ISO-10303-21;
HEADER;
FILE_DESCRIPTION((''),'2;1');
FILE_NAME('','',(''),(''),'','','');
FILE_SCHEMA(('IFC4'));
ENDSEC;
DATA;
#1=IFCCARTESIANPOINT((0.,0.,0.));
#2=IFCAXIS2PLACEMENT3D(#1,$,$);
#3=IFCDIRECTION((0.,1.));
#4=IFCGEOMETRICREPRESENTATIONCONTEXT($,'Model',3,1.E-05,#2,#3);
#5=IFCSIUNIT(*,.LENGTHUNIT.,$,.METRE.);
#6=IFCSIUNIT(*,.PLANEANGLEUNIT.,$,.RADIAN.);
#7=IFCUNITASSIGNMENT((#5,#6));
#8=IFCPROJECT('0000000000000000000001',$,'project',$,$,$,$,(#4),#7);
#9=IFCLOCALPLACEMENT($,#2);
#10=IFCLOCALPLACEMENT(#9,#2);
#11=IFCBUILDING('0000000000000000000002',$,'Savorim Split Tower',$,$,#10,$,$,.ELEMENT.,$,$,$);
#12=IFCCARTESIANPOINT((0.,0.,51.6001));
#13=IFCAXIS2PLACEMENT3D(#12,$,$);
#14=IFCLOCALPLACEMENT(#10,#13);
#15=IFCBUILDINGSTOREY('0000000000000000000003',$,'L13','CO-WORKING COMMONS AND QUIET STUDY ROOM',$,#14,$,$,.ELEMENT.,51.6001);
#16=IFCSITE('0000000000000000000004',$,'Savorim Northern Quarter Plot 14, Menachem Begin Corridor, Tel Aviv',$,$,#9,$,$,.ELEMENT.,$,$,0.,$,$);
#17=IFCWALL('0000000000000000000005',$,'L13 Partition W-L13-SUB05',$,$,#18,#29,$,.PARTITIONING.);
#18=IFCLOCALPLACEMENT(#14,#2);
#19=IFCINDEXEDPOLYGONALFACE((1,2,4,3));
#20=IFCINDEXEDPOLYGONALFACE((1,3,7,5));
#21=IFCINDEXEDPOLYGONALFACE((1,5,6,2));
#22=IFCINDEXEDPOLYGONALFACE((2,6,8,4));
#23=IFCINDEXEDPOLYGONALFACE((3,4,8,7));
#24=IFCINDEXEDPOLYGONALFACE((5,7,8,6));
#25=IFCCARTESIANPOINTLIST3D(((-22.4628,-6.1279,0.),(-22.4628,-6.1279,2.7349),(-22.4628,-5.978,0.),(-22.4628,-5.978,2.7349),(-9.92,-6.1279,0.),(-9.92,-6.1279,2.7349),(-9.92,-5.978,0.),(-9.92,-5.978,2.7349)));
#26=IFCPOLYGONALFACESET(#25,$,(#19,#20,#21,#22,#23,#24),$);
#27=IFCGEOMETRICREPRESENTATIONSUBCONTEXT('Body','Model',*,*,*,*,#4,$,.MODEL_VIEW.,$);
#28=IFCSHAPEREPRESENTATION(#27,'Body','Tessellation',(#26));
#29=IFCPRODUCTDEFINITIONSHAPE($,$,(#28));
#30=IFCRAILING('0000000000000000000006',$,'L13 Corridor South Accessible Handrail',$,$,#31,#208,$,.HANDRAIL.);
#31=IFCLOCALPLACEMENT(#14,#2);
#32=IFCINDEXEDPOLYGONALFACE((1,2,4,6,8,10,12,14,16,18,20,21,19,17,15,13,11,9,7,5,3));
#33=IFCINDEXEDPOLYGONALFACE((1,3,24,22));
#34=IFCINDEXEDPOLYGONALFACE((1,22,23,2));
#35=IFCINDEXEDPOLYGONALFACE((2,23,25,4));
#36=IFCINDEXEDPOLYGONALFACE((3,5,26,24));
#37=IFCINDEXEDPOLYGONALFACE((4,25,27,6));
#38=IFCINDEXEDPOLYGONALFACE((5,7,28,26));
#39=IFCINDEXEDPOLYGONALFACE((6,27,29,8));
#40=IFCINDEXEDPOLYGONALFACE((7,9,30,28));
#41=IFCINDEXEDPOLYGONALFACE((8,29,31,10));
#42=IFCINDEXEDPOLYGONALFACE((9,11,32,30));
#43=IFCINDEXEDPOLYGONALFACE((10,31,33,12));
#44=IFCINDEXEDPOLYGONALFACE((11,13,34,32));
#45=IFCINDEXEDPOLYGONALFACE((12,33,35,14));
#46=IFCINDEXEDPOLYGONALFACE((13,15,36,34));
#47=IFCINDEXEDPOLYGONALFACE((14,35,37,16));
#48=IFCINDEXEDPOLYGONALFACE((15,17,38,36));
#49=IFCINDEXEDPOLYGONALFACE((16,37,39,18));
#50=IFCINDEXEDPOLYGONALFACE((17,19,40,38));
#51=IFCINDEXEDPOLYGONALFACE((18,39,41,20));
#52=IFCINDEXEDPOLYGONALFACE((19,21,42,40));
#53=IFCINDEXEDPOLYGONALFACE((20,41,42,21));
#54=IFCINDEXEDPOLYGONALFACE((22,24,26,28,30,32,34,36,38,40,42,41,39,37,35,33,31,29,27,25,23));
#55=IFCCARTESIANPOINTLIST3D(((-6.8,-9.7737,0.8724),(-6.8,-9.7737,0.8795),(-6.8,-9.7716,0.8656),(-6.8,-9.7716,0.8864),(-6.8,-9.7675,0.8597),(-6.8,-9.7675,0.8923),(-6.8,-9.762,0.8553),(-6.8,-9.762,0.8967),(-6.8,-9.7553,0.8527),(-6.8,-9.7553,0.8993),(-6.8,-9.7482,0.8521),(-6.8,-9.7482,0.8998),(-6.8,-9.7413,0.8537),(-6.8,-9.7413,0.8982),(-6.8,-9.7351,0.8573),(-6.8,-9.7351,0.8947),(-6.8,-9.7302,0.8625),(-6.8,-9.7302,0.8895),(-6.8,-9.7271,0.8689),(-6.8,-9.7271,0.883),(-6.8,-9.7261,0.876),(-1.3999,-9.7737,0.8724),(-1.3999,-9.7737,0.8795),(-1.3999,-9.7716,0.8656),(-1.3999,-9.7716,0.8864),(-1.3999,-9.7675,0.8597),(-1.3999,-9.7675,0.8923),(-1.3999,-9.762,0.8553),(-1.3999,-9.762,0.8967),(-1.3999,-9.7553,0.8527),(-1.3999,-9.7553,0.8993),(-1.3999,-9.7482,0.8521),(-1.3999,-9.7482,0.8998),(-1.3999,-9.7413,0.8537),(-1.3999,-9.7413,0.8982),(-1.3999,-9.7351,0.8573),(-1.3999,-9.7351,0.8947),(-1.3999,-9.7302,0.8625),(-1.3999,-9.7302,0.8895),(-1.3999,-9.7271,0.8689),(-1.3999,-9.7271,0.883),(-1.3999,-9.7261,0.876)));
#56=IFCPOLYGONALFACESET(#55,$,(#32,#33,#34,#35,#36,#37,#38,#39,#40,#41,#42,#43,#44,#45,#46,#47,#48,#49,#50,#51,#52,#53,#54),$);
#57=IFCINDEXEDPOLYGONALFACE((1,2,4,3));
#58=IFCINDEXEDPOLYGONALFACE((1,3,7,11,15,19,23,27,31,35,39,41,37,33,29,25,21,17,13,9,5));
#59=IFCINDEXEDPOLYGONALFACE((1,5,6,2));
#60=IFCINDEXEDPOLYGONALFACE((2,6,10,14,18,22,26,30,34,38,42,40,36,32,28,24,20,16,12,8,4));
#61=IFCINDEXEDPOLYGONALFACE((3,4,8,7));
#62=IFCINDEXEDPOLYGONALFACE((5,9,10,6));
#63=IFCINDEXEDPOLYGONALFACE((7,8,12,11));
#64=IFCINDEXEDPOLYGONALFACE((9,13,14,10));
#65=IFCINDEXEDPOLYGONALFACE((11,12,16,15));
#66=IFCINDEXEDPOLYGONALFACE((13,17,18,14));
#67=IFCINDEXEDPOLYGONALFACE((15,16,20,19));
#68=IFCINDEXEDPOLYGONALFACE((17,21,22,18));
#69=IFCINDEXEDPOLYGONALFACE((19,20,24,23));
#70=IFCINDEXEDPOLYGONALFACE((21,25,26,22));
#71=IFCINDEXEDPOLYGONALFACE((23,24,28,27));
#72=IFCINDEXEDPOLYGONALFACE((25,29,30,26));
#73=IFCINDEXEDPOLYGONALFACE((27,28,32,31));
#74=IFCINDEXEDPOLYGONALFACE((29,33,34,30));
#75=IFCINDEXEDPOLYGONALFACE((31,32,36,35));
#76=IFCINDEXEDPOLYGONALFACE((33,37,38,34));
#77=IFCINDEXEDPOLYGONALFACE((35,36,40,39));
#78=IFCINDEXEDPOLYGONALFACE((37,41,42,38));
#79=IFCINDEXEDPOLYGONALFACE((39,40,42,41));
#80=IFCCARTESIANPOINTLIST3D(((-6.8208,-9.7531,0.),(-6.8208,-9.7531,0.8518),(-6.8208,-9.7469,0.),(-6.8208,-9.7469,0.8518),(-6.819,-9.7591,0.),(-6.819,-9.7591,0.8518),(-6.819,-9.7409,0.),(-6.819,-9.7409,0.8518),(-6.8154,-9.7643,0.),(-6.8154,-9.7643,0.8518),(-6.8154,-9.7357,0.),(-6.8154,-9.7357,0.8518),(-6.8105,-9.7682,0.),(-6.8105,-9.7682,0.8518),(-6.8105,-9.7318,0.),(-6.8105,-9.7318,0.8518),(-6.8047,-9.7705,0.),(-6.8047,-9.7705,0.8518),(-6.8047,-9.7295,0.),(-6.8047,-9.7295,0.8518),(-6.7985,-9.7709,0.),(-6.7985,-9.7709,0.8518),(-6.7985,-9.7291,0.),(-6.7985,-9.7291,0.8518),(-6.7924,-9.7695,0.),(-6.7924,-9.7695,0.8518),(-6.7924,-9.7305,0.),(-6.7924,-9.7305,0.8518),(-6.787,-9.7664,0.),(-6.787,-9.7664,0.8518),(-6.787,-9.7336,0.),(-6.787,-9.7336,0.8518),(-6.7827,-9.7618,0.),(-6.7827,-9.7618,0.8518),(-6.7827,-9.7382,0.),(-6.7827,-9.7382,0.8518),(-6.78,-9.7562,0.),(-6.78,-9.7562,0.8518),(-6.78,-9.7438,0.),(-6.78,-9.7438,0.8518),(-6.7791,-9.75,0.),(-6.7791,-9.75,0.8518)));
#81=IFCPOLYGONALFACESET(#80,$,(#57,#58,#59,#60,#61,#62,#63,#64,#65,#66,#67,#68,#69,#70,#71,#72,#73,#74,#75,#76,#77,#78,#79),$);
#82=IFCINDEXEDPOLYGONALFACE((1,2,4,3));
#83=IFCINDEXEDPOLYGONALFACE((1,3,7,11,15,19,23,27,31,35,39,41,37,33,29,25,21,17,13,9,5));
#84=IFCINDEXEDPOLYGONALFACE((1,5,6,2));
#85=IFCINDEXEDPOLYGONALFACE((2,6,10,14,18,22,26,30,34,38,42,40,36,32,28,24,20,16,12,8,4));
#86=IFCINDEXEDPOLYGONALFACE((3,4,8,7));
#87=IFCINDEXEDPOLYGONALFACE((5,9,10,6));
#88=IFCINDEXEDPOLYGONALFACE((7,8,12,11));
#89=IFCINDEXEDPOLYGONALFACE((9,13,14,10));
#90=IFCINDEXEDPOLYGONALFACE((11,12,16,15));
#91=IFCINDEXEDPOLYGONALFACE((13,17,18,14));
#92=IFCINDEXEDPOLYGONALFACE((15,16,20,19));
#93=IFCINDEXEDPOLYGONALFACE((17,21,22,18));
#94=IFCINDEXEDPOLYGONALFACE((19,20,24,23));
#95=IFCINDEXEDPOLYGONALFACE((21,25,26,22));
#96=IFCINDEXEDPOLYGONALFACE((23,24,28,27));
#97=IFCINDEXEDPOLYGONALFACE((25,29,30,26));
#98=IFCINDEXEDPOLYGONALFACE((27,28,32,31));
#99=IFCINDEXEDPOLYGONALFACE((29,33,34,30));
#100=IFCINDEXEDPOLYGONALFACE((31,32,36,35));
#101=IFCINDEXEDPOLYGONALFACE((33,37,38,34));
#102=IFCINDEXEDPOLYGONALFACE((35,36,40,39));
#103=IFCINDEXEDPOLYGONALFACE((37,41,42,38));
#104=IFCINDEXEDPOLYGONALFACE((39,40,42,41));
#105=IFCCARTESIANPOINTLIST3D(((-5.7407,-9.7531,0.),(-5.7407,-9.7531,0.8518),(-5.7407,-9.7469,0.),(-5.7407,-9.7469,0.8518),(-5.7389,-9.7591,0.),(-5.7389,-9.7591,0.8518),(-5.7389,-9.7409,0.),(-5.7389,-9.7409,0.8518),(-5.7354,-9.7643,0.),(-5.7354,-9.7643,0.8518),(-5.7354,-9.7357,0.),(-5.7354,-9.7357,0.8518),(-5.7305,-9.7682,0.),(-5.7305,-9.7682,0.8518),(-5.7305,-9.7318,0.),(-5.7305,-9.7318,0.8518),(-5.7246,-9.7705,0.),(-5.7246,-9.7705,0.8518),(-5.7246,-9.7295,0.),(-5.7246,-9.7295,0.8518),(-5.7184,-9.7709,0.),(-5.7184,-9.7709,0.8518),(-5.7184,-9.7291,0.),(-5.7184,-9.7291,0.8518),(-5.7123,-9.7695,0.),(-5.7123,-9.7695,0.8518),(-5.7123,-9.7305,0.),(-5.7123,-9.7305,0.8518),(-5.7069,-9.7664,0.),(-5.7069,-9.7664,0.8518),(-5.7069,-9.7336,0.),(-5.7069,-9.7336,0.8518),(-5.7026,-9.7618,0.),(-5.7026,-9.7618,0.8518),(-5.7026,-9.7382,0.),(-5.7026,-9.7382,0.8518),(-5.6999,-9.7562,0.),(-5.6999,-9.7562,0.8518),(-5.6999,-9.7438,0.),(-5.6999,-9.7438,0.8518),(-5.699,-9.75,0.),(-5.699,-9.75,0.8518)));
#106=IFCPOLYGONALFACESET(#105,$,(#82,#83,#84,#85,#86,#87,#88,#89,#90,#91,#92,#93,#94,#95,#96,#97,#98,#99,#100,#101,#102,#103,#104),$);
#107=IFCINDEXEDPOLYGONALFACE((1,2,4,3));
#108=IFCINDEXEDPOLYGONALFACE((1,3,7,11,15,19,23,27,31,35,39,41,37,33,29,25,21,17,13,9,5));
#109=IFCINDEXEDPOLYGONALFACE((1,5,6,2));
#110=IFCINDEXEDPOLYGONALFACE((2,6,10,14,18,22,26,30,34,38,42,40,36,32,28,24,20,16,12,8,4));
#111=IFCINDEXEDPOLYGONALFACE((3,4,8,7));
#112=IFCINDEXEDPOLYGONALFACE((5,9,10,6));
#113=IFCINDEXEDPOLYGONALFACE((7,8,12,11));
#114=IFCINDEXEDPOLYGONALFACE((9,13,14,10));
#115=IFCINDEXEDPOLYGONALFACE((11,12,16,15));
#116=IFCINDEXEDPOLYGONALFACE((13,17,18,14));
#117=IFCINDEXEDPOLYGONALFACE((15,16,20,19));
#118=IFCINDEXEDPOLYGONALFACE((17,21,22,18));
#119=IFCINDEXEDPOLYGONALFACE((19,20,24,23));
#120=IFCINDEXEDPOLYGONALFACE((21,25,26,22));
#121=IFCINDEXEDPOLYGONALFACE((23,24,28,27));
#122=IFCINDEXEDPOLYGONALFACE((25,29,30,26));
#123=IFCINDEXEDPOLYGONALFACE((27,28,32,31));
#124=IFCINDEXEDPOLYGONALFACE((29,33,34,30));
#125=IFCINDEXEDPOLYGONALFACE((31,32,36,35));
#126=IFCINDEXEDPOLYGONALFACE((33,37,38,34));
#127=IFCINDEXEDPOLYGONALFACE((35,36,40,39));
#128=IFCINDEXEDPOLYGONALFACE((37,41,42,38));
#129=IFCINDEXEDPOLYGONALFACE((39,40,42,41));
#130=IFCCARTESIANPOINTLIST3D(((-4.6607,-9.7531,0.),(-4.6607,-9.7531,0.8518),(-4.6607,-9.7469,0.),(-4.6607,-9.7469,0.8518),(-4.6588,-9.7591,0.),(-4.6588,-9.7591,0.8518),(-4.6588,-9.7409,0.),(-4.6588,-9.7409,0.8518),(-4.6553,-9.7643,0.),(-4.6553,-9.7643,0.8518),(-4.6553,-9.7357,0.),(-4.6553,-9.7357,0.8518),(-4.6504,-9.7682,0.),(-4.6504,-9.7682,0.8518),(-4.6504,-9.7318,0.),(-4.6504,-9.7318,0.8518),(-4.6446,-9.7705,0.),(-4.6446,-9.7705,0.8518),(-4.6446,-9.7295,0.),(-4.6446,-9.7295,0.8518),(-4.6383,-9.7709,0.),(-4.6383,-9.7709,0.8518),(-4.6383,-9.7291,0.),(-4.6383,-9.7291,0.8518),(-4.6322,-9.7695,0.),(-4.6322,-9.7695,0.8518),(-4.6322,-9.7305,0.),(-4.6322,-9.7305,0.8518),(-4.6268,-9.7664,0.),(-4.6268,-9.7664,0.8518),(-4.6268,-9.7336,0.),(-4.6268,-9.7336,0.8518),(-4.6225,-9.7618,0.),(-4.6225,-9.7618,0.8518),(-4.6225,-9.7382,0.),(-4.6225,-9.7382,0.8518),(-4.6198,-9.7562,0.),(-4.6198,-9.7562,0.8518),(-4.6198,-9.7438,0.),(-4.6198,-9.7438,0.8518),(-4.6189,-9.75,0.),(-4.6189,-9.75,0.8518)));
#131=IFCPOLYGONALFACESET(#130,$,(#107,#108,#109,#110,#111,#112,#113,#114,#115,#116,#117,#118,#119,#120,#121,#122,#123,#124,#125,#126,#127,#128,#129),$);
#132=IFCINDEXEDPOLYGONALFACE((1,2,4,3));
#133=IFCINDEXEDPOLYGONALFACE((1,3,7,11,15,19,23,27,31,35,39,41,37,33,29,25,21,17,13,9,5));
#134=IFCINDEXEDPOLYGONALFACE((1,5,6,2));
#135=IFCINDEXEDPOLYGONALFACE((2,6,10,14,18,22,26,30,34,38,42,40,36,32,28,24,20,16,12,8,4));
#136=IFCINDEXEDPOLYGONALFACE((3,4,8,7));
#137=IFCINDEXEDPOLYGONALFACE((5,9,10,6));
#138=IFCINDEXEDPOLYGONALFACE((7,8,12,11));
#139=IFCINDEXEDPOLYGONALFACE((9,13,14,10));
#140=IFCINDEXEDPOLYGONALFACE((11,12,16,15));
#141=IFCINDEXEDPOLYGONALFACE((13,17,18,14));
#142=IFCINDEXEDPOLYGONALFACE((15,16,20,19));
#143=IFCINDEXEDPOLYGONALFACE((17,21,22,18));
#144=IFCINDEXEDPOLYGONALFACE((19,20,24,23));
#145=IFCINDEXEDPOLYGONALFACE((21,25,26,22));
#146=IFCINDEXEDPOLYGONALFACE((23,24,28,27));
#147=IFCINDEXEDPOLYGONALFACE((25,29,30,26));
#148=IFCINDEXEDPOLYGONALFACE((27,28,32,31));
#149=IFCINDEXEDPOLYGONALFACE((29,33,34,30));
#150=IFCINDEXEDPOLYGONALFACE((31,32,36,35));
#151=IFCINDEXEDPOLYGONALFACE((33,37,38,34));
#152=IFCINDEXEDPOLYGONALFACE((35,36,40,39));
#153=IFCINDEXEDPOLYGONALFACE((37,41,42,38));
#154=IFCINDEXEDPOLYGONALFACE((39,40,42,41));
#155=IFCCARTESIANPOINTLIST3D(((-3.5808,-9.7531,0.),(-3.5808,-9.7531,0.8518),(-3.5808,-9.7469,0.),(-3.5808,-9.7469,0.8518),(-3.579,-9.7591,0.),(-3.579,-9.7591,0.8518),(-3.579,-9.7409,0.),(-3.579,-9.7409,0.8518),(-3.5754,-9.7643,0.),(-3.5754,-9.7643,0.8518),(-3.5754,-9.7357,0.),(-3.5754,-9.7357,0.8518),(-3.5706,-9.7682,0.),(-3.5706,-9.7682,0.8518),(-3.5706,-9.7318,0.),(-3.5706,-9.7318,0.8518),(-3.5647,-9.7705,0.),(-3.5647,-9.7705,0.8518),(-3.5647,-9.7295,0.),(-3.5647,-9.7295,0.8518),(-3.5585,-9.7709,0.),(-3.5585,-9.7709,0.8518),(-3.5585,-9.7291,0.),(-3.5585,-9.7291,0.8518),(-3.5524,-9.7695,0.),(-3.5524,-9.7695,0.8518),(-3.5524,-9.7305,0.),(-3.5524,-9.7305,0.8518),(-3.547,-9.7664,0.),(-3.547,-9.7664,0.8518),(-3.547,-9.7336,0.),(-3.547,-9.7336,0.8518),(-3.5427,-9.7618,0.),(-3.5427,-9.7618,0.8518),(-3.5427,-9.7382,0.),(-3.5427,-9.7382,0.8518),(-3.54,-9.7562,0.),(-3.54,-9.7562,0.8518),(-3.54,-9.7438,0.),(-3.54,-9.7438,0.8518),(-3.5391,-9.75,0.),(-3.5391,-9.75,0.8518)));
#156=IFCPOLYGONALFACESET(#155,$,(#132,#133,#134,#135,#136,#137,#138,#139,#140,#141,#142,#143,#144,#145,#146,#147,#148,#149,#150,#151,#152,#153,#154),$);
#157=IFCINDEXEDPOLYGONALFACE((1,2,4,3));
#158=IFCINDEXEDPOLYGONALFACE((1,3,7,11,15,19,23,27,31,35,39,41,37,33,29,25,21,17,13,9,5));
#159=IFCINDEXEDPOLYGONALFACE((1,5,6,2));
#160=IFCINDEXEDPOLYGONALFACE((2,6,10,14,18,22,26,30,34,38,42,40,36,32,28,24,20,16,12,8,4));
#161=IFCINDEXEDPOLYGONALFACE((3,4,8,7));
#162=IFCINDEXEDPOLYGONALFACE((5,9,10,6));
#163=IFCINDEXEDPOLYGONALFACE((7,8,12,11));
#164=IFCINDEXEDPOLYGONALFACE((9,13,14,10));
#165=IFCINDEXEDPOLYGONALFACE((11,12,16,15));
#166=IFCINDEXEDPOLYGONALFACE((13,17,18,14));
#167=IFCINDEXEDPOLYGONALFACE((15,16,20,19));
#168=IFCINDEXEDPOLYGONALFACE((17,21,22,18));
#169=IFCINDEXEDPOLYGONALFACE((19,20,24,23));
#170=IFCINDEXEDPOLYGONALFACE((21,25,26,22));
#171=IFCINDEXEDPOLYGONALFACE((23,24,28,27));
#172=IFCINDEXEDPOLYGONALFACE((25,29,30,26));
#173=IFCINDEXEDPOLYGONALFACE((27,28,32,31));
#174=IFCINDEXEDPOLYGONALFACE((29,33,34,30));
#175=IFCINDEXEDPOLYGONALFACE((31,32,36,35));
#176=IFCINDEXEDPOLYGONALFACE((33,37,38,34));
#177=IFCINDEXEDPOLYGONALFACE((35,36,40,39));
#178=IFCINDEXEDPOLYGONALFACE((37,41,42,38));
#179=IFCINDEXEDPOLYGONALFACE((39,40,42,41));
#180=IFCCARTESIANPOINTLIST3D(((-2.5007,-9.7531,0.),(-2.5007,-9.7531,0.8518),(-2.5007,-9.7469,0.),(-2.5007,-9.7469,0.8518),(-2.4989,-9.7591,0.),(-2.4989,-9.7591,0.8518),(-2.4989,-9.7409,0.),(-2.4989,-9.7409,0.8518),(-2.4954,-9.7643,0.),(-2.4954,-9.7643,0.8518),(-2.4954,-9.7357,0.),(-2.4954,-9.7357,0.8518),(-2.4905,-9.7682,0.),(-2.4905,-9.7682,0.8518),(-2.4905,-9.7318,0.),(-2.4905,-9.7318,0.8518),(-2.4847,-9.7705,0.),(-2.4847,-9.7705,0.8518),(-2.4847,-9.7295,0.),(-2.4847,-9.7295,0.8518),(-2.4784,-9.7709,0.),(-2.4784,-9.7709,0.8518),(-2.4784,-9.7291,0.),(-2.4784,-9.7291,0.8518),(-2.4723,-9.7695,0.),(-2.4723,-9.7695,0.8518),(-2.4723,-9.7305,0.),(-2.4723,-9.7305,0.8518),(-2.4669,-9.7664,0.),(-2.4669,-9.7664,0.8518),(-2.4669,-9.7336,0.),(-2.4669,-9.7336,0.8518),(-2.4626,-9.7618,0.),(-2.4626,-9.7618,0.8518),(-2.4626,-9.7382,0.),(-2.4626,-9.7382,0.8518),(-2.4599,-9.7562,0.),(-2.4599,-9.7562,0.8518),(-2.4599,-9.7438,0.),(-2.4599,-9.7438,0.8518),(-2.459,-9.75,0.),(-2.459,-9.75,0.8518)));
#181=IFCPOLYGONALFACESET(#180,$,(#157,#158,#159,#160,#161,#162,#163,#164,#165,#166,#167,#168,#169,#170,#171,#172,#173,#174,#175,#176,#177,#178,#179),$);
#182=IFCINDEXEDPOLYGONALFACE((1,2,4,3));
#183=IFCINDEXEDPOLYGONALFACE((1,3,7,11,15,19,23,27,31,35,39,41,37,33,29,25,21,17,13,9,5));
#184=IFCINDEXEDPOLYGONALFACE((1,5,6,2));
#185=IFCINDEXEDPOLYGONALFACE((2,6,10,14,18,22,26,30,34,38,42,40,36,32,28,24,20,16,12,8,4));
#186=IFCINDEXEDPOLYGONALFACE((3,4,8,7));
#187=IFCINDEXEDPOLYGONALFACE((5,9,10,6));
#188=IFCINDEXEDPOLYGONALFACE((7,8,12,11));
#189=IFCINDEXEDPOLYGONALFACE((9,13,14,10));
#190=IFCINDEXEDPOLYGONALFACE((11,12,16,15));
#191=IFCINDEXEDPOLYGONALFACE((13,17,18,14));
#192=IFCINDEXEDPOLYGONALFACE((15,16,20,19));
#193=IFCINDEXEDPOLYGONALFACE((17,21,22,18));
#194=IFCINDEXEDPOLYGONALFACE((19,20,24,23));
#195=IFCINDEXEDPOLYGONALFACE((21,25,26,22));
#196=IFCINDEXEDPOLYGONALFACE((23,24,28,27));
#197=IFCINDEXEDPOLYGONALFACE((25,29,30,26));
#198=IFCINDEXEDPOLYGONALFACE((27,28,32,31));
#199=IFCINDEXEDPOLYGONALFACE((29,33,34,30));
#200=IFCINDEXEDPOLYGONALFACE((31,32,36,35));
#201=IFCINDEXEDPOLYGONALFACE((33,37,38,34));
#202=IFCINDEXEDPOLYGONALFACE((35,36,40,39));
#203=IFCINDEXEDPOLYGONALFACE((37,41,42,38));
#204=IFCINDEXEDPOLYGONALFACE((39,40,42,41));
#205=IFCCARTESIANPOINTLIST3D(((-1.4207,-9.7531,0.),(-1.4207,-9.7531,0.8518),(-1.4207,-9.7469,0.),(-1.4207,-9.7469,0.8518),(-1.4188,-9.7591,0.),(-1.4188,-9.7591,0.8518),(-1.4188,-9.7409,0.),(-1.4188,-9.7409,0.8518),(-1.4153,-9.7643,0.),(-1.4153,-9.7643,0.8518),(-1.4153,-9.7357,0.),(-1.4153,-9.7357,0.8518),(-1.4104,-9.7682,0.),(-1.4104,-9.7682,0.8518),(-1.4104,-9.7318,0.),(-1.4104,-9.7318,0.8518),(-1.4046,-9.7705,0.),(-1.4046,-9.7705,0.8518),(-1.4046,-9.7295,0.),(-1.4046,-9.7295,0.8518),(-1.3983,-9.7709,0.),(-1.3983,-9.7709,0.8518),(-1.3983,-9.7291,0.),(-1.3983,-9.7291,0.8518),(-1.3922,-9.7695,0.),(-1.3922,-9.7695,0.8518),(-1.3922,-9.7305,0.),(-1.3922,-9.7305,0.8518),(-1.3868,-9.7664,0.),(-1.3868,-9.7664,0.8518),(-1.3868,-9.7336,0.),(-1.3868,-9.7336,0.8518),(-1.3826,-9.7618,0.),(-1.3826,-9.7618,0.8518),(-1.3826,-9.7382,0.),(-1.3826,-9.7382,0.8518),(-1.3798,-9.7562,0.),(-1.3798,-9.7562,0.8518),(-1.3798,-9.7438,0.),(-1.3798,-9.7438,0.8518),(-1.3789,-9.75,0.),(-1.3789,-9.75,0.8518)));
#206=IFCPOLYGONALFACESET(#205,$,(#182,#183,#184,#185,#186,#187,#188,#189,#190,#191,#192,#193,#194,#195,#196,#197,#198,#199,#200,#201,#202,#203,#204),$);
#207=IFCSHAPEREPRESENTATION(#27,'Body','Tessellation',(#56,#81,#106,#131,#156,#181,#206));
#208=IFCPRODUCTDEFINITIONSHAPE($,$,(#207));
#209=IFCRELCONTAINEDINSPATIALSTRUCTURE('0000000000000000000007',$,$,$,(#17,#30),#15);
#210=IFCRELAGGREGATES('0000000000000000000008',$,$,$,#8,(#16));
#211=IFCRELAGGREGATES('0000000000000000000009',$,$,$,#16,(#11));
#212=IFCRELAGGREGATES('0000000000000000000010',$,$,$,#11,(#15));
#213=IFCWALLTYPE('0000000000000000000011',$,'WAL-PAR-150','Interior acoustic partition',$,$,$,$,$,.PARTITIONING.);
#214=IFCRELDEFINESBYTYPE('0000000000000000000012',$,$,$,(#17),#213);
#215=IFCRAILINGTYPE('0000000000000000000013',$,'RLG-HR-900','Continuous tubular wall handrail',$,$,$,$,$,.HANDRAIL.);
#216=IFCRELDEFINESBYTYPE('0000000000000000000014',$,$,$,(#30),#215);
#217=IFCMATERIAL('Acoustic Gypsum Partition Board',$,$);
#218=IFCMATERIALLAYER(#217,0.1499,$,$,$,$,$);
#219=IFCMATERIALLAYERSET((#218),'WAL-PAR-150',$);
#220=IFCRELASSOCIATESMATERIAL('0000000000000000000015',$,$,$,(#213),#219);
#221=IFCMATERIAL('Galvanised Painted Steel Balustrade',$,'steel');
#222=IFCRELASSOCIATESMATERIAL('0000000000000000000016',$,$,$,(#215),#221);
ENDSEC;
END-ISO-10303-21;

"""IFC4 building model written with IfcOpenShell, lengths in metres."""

from ifc_helpers import new_model, si_unit, direction, frame, frame_2d, origin, origin_2d, place, context, subcontext, project, spatial, rectangle, circle, extrude, material, layer, layer_set, type_object, element, save


model = new_model("IFC4")

# Units and contexts
model_context = context("Model", 3, precision=1e-05, world=origin(), true_north=direction((0.0, 1.0)))
body_context = subcontext(model_context, "Body", "Model", "MODEL_VIEW")
ifc_project = project(units=[si_unit("LENGTHUNIT", "METRE"), si_unit("PLANEANGLEUNIT", "RADIAN")], contexts=[model_context])

# Site, building, storey
site_placement = place(None, origin())
site = spatial("IfcSite", under=ifc_project, at=site_placement, Name="Savorim Northern Quarter Plot 14, Menachem Begin Corridor, Tel Aviv", CompositionType="ELEMENT", RefElevation=0.0)
building_placement = place(site_placement, origin())
building = spatial("IfcBuilding", under=site, at=building_placement, Name="Savorim Split Tower", CompositionType="ELEMENT")
storey_placement = place(building_placement, frame((0.0, 0.0, 51.6001)))
storey = spatial("IfcBuildingStorey", under=building, at=storey_placement, Name="L13", Description="CO-WORKING COMMONS AND QUIET STUDY ROOM", CompositionType="ELEMENT", Elevation=51.6001)

# Shared definitions
ifc_material_1 = material(Name="Acoustic Gypsum Partition Board")
ifc_layer_1 = layer(ifc_material_1, 0.1499)
ifc_layer_set_1 = layer_set([ifc_layer_1], Name="WAL-PAR-150")
wall_type_1 = type_object("IfcWallType", Name="WAL-PAR-150", Description="Interior acoustic partition", PredefinedType="PARTITIONING", material=ifc_layer_set_1)

# Wall
wall_1_placement = place(storey_placement, frame((-9.9199, -6.053, 0.0), z_axis=(0.0, 0.0, 1.0), x_axis=(-1.0, 0.0, 0.0)))
element("IfcWall", 1, at=wall_1_placement, inside=storey, type_object=wall_type_1, Name="L13 Partition W-L13-SUB05", PredefinedType="PARTITIONING", context=body_context, shape_type="SweptSolid", body=[
    extrude(rectangle(XDim=12.5427, YDim=0.1499, at=frame_2d((6.2715, 0.0))), origin(), (0.0, 0.0, 1.0), 2.7349),
])

# Railing
ifc_material_2 = material(Name="Galvanised Painted Steel Balustrade", Category="steel")
railing_type_1 = type_object("IfcRailingType", Name="RLG-HR-900", Description="Continuous tubular wall handrail", PredefinedType="HANDRAIL", material=ifc_material_2)
railing_1_placement = place(storey_placement, frame((-6.8, -9.75, 0.0)))
element("IfcRailing", 2, at=railing_1_placement, inside=storey, type_object=railing_type_1, Name="L13 Corridor South Accessible Handrail", PredefinedType="HANDRAIL", context=body_context, shape_type="SweptSolid", body=[
    extrude(circle(Radius=0.0239, at=origin_2d()), frame((0.0, 0.0, 0.876), z_axis=(1.0, 0.0, 0.0), x_axis=(0.0, 1.0, 0.0)), (0.0, 0.0, 1.0), 5.4001),
    extrude(circle(Radius=0.021, at=origin_2d()), origin(), (0.0, 0.0, 1.0), 0.8518),
    extrude(circle(Radius=0.021, at=origin_2d()), frame((1.0801, 0.0, 0.0)), (0.0, 0.0, 1.0), 0.8518),
    extrude(circle(Radius=0.021, at=origin_2d()), frame((2.1602, 0.0, 0.0)), (0.0, 0.0, 1.0), 0.8518),
    extrude(circle(Radius=0.021, at=origin_2d()), frame((3.24, 0.0, 0.0)), (0.0, 0.0, 1.0), 0.8518),
    extrude(circle(Radius=0.021, at=origin_2d()), frame((4.3201, 0.0, 0.0)), (0.0, 0.0, 1.0), 0.8518),
    extrude(circle(Radius=0.021, at=origin_2d()), frame((5.4001, 0.0, 0.0)), (0.0, 0.0, 1.0), 0.8518),
])

save(model, "model.ifc")
